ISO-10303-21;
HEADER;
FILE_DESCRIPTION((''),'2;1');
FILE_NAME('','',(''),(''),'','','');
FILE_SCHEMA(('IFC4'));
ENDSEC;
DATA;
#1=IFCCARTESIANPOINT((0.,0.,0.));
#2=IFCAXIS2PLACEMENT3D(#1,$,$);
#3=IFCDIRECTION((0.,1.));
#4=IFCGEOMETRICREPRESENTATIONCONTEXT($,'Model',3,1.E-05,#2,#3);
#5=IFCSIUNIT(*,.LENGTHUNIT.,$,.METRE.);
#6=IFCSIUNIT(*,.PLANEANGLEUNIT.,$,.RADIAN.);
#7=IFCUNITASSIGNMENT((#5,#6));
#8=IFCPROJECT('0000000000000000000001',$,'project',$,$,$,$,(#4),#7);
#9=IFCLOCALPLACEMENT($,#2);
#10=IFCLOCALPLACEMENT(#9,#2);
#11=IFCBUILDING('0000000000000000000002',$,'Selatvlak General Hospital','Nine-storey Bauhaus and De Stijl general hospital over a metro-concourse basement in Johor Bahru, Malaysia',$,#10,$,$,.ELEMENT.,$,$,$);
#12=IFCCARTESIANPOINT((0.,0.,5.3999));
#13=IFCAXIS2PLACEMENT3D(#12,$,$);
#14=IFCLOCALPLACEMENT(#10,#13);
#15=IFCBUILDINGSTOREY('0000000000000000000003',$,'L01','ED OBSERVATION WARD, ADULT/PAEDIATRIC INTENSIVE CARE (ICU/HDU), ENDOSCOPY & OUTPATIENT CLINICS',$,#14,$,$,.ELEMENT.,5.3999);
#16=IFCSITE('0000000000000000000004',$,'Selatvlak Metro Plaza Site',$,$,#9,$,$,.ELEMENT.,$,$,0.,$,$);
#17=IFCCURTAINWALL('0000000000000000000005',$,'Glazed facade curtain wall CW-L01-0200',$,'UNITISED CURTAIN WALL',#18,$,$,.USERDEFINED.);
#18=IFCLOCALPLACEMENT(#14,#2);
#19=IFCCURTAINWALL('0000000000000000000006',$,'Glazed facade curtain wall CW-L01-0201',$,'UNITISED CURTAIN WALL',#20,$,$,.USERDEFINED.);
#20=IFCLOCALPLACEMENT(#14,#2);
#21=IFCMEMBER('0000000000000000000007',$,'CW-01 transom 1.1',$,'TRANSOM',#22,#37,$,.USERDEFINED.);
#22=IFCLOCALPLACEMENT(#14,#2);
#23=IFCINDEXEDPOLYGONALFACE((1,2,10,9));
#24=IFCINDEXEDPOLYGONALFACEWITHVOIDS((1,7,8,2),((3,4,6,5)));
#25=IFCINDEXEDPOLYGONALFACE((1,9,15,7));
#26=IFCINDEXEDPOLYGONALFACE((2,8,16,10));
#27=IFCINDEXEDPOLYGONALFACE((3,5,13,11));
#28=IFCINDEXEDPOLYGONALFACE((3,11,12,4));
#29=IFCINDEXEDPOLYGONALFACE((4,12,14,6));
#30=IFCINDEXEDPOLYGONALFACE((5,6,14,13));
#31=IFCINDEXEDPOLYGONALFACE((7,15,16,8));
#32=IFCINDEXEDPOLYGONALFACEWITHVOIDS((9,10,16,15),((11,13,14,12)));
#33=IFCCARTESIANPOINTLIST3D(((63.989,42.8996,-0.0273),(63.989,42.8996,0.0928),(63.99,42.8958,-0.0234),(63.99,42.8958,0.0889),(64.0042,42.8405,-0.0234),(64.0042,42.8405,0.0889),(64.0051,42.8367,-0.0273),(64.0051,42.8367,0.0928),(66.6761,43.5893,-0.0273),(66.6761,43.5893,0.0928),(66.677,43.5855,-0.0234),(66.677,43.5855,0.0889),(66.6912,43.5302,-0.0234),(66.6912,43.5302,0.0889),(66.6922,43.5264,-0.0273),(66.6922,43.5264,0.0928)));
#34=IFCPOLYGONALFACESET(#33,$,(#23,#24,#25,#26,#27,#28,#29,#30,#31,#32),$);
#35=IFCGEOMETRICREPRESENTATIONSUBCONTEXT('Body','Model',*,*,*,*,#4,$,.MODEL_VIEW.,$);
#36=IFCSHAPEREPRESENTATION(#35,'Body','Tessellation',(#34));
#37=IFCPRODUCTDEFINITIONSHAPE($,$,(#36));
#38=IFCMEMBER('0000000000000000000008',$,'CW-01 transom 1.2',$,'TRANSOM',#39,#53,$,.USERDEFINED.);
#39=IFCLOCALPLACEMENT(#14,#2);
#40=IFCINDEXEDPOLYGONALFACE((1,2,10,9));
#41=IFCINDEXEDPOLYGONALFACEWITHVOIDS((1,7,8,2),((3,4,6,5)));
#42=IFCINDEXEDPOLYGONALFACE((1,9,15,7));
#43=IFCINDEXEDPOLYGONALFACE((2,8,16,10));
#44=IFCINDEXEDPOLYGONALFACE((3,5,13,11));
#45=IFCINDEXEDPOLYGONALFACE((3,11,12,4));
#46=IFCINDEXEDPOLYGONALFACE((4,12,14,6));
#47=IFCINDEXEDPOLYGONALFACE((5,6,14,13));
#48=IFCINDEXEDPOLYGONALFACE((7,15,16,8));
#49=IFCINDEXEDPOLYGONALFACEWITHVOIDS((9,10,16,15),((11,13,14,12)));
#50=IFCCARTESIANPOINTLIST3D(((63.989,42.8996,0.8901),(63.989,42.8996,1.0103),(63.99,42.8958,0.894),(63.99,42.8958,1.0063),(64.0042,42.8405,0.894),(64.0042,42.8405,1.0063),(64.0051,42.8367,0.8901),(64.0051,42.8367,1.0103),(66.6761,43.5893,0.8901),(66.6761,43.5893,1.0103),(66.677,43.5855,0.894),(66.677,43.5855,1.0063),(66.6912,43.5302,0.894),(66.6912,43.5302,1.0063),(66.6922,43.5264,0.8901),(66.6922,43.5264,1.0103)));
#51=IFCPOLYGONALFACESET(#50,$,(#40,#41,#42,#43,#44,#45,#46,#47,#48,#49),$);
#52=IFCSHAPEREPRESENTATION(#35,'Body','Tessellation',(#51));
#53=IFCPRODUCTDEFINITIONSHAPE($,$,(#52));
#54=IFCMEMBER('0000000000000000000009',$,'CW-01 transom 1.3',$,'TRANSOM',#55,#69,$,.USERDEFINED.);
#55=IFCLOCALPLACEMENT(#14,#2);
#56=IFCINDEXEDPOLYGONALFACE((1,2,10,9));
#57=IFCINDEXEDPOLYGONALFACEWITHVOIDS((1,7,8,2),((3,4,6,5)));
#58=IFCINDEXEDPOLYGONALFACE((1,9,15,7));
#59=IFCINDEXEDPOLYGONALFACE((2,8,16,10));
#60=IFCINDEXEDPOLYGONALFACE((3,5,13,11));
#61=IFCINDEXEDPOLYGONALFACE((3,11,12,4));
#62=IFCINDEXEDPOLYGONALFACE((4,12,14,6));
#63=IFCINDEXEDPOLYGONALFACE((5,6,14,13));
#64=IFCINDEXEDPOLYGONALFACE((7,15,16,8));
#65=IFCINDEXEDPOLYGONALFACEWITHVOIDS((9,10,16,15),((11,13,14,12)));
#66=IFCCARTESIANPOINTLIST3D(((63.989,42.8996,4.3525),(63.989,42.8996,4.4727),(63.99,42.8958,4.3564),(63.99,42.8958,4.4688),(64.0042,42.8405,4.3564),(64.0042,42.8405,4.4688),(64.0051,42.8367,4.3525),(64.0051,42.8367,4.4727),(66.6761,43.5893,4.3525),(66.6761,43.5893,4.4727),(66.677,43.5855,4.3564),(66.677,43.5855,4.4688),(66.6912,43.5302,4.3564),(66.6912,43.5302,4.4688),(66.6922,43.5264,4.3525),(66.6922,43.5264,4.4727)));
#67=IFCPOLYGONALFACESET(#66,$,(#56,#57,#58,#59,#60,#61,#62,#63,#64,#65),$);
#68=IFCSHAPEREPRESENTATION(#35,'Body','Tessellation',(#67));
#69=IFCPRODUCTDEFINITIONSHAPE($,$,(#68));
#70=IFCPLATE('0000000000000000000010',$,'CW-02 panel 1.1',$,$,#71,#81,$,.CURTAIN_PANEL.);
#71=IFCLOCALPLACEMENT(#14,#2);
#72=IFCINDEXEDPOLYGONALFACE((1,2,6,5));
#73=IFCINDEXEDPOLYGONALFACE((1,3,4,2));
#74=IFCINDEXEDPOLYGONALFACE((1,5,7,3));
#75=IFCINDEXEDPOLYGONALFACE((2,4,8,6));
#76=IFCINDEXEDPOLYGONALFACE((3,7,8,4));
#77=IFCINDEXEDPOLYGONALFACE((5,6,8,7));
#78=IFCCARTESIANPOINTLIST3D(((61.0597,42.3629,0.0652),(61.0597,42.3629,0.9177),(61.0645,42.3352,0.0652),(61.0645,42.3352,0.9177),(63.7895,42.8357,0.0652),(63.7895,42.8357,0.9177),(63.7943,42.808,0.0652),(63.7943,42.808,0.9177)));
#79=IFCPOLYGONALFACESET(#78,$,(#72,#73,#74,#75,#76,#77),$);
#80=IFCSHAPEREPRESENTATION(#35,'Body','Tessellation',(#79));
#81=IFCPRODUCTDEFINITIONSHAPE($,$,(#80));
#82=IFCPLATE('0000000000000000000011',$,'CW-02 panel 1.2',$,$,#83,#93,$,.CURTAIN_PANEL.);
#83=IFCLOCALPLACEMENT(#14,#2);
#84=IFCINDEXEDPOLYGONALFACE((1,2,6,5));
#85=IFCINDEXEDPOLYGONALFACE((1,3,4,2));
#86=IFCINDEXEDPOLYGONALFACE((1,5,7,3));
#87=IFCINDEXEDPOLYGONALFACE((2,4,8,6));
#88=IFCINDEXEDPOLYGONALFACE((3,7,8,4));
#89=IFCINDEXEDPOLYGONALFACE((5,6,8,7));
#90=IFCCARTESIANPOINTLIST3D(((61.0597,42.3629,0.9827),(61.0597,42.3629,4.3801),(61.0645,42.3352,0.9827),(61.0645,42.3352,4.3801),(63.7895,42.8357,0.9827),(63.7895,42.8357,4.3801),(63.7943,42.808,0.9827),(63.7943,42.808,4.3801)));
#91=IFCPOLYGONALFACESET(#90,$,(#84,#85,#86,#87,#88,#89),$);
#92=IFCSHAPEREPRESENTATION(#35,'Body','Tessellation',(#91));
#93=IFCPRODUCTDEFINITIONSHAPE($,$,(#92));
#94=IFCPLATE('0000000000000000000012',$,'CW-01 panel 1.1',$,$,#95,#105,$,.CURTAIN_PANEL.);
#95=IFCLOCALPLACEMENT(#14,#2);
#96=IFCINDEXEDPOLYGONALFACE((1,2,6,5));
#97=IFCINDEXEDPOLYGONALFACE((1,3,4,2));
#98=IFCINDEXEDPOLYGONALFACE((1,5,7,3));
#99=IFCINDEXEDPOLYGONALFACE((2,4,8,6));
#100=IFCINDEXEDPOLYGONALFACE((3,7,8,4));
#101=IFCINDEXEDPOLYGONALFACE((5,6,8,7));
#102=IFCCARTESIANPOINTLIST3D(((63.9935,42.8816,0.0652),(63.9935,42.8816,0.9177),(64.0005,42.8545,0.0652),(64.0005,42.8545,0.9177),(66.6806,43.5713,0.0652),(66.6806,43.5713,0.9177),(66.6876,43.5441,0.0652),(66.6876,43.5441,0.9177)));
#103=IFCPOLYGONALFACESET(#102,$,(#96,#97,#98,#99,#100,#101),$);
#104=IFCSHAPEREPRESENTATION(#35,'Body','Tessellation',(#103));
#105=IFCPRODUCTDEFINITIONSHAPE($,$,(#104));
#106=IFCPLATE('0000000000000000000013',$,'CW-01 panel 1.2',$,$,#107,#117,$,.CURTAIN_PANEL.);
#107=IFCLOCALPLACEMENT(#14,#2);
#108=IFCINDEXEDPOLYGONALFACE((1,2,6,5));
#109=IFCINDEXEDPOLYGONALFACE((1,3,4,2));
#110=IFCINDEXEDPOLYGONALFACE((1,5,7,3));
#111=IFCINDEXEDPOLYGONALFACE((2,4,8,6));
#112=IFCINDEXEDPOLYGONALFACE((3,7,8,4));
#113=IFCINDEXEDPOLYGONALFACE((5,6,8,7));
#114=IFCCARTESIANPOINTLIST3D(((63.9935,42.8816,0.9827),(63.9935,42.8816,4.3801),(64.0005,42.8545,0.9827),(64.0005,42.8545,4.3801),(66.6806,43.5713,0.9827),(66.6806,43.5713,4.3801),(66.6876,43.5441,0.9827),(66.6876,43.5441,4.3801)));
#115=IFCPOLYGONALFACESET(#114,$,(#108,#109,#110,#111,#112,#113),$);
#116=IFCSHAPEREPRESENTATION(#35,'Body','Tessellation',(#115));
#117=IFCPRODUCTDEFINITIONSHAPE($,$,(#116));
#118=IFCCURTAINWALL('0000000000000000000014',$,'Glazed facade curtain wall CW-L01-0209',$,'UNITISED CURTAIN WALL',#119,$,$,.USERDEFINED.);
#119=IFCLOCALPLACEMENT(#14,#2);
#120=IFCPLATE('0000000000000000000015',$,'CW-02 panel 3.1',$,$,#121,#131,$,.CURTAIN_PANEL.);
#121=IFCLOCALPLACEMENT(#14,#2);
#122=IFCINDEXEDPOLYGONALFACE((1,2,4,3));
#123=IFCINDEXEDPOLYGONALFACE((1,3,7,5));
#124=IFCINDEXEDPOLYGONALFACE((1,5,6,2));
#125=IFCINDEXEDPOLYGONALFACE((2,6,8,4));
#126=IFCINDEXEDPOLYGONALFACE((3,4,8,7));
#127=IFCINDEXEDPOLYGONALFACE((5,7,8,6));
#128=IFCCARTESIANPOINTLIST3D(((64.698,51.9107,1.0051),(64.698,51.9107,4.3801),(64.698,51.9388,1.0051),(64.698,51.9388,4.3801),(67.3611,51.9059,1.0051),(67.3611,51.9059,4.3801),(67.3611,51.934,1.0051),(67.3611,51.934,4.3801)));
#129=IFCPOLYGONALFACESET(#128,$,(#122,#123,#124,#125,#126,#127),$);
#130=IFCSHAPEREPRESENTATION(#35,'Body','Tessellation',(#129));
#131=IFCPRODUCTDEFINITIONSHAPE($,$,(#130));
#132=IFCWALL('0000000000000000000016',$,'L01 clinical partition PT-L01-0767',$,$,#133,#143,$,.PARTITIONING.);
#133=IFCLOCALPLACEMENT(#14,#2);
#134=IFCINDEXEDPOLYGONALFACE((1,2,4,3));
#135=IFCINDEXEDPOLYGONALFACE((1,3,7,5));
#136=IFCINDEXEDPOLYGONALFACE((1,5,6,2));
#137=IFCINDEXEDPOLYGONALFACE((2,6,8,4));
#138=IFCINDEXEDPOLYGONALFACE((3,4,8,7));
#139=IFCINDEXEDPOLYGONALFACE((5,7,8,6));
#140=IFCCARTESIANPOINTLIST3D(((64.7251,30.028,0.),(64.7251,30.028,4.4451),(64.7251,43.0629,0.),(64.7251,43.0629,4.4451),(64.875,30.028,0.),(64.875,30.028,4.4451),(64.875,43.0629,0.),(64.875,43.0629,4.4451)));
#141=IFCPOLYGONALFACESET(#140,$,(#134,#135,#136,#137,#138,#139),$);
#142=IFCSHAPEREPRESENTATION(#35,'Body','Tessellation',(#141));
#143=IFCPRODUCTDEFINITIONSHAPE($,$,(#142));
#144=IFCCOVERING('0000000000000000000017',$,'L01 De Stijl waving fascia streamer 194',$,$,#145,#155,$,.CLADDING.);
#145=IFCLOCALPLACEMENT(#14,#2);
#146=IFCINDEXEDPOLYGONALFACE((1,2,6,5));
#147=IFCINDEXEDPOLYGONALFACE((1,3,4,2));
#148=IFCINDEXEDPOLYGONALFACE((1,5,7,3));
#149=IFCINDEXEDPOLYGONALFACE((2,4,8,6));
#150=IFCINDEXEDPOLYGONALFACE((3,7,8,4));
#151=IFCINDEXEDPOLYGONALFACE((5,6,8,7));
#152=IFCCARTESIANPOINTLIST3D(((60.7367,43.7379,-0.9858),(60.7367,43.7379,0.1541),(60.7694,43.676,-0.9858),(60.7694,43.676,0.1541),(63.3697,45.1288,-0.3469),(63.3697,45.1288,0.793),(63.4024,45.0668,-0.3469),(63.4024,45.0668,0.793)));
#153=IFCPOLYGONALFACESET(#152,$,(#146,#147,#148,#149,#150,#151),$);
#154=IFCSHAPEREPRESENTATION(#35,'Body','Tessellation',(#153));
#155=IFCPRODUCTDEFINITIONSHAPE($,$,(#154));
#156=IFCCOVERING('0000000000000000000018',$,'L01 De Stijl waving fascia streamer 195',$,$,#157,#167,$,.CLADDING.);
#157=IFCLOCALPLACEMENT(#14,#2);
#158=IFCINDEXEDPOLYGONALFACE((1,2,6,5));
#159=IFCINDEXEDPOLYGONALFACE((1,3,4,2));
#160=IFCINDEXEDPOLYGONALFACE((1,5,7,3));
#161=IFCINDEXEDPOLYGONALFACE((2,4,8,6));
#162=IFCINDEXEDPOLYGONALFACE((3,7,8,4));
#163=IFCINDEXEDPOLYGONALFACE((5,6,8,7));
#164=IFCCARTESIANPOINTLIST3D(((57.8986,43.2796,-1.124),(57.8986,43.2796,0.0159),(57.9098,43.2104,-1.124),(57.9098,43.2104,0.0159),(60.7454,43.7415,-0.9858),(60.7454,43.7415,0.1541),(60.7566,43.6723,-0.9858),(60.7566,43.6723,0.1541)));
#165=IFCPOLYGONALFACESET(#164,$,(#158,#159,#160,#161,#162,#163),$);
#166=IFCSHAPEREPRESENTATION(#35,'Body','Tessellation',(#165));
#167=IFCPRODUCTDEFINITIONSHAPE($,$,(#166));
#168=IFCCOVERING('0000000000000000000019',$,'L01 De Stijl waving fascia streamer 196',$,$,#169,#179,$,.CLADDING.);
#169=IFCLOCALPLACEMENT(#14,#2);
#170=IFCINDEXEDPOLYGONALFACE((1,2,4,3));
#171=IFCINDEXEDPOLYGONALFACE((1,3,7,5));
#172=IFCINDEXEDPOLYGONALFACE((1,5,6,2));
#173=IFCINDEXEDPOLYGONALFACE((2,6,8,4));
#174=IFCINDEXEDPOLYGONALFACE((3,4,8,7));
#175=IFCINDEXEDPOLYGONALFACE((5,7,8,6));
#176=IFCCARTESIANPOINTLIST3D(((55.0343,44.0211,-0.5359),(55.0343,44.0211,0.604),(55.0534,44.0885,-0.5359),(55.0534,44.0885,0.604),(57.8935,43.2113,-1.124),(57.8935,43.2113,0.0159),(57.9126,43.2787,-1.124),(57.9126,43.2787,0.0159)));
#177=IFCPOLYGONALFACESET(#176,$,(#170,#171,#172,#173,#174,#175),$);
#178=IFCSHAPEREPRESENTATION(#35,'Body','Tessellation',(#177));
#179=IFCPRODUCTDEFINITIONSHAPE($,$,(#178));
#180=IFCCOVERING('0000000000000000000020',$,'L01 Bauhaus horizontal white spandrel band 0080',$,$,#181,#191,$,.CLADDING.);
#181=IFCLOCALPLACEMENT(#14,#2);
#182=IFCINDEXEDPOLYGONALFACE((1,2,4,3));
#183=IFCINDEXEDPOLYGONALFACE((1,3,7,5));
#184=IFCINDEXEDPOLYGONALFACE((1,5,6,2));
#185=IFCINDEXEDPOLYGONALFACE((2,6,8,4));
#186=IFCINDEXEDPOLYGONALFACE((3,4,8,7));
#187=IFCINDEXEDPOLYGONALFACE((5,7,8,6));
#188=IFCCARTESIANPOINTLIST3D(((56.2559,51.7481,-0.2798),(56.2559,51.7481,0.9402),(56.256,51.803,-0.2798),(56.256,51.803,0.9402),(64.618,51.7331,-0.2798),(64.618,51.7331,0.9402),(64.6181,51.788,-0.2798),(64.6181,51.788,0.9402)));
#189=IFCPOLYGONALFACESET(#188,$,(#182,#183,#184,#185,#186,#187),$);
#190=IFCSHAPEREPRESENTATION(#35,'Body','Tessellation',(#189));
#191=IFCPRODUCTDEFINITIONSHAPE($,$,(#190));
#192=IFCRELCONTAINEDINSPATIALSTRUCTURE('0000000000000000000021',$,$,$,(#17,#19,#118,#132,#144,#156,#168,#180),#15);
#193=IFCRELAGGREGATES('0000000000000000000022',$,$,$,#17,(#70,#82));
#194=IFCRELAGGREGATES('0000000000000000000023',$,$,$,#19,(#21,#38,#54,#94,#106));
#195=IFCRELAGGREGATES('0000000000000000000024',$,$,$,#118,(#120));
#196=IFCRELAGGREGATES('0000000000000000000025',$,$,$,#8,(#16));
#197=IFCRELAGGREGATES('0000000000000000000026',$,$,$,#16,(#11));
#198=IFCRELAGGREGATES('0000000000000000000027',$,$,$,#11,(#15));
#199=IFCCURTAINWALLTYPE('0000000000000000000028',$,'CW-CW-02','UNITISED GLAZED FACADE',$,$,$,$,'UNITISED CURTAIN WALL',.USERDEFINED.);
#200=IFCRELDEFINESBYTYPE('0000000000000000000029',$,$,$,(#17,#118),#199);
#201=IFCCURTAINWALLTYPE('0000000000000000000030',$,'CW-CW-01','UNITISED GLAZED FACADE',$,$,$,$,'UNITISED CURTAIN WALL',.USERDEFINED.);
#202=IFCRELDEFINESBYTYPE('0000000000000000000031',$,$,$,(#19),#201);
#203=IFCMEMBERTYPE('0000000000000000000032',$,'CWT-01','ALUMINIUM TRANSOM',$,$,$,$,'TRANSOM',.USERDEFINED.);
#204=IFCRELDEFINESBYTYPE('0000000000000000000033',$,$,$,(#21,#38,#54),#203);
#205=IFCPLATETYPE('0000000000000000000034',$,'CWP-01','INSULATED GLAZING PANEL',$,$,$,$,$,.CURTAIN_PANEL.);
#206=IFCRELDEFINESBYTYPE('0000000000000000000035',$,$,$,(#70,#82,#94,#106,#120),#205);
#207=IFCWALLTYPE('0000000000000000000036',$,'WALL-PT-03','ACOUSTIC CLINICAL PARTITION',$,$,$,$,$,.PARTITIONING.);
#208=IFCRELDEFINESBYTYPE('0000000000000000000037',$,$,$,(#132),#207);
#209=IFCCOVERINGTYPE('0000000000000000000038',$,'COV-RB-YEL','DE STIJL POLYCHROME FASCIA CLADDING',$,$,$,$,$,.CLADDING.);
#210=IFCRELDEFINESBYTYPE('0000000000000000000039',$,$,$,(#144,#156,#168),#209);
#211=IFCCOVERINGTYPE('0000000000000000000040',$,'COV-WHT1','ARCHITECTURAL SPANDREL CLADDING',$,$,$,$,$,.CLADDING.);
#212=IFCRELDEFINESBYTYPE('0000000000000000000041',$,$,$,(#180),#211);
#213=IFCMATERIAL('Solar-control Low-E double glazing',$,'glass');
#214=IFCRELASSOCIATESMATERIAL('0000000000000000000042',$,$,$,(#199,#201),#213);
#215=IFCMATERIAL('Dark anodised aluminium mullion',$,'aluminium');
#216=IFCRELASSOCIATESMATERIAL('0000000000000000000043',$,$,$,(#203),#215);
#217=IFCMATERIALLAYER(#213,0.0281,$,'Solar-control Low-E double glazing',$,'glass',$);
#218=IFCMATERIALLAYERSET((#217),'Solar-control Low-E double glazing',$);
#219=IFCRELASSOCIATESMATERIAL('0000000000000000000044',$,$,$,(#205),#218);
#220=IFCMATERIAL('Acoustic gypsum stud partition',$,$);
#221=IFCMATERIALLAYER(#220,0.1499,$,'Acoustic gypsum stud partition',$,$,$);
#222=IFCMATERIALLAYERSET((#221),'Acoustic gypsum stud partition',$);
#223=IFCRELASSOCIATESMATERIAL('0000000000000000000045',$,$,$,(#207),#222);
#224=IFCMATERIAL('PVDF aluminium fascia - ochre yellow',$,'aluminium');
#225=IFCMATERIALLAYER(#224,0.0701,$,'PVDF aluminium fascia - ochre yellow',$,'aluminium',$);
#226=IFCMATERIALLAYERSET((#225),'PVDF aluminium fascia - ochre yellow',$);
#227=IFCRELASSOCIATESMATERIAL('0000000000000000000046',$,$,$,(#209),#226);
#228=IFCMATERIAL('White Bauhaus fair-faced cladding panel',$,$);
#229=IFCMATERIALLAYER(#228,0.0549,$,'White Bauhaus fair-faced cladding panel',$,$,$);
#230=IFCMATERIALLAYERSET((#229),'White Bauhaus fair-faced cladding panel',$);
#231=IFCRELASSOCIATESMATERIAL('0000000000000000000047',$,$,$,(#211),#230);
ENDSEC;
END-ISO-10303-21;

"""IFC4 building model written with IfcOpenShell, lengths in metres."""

from ifc_helpers import new_model, si_unit, direction, frame, frame_2d, origin, origin_2d, place, context, subcontext, project, spatial, polyline, rectangle, hollow_rectangle, outline, extrude, material, layer, layer_set, material_profile, profile_set, type_object, element, aggregate, save


model = new_model("IFC4")

# Units and contexts
model_context = context("Model", 3, precision=1e-05, world=origin(), true_north=direction((0.0, 1.0)))
body_context = subcontext(model_context, "Body", "Model", "MODEL_VIEW")
ifc_project = project(units=[si_unit("LENGTHUNIT", "METRE"), si_unit("PLANEANGLEUNIT", "RADIAN")], contexts=[model_context])

# Site, building, storey
site_placement = place(None, origin())
site = spatial("IfcSite", under=ifc_project, at=site_placement, Name="Selatvlak Metro Plaza Site", CompositionType="ELEMENT", RefElevation=0.0)
building_placement = place(site_placement, origin())
building = spatial("IfcBuilding", under=site, at=building_placement, Name="Selatvlak General Hospital", Description="Nine-storey Bauhaus and De Stijl general hospital over a metro-concourse basement in Johor Bahru, Malaysia", CompositionType="ELEMENT")
storey_placement = place(building_placement, frame((0.0, 0.0, 5.3999)))
storey = spatial("IfcBuildingStorey", under=building, at=storey_placement, Name="L01", Description="ED OBSERVATION WARD, ADULT/PAEDIATRIC INTENSIVE CARE (ICU/HDU), ENDOSCOPY & OUTPATIENT CLINICS", CompositionType="ELEMENT", Elevation=5.3999)

# Curtain wall
ifc_material_1 = material(Name="Solar-control Low-E double glazing", Category="glass")
curtain_wall_type_1 = type_object("IfcCurtainWallType", Name="CW-CW-02", Description="UNITISED GLAZED FACADE", ElementType="UNITISED CURTAIN WALL", PredefinedType="USERDEFINED", material=ifc_material_1)
curtain_wall_1_placement = place(storey_placement, origin())
curtain_wall_1 = element("IfcCurtainWall", 1, at=curtain_wall_1_placement, inside=storey, type_object=curtain_wall_type_1, Name="Glazed facade curtain wall CW-L01-0200", ObjectType="UNITISED CURTAIN WALL", PredefinedType="USERDEFINED")
ifc_material_2 = material(Name="Dark anodised aluminium mullion", Category="aluminium")

# Curtain wall
curtain_wall_type_2 = type_object("IfcCurtainWallType", Name="CW-CW-01", Description="UNITISED GLAZED FACADE", ElementType="UNITISED CURTAIN WALL", PredefinedType="USERDEFINED", material=ifc_material_1)
curtain_wall_2_placement = place(storey_placement, origin())
curtain_wall_2 = element("IfcCurtainWall", 2, at=curtain_wall_2_placement, inside=storey, type_object=curtain_wall_type_2, Name="Glazed facade curtain wall CW-L01-0201", ObjectType="UNITISED CURTAIN WALL", PredefinedType="USERDEFINED")

# Members
ifc_material_profile_1 = material_profile(ifc_material_2, hollow_rectangle(XDim=0.0649, YDim=0.1201, WallThickness=0.0039, at=origin_2d()), Name="AL-TRN 65x120x4")
ifc_profile_set_1 = profile_set([ifc_material_profile_1], Name="Dark anodised aluminium mullion")
member_type_1 = type_object("IfcMemberType", Name="CWT-01", Description="ALUMINIUM TRANSOM", ElementType="TRANSOM", PredefinedType="USERDEFINED", material=ifc_profile_set_1)
member_1_placement = place(storey_placement, frame((63.9971, 42.8682, 0.0327), z_axis=(0.968601, 0.248619, 0.0), x_axis=(-0.248619, 0.968601, 0.0)))
member_1 = element("IfcMember", 3, at=member_1_placement, type_object=member_type_1, Name="CW-01 transom 1.1", ObjectType="TRANSOM", PredefinedType="USERDEFINED", context=body_context, shape_type="SweptSolid", body=[
    extrude(hollow_rectangle(XDim=0.0649, YDim=0.1201, WallThickness=0.0039, at=origin_2d()), origin(), (0.0, 0.0, 1.0), 2.7742),
])
member_2_placement = place(storey_placement, frame((63.9971, 42.8682, 0.9502), z_axis=(0.968601, 0.248619, 0.0), x_axis=(-0.248619, 0.968601, 0.0)))
member_2 = element("IfcMember", 4, at=member_2_placement, type_object=member_type_1, Name="CW-01 transom 1.2", ObjectType="TRANSOM", PredefinedType="USERDEFINED", context=body_context, shape_type="SweptSolid", body=[
    extrude(hollow_rectangle(XDim=0.0649, YDim=0.1201, WallThickness=0.0039, at=origin_2d()), origin(), (0.0, 0.0, 1.0), 2.7742),
])
member_3_placement = place(storey_placement, frame((63.9971, 42.8682, 4.4126), z_axis=(0.968601, 0.248619, 0.0), x_axis=(-0.248619, 0.968601, 0.0)))
member_3 = element("IfcMember", 5, at=member_3_placement, type_object=member_type_1, Name="CW-01 transom 1.3", ObjectType="TRANSOM", PredefinedType="USERDEFINED", context=body_context, shape_type="SweptSolid", body=[
    extrude(hollow_rectangle(XDim=0.0649, YDim=0.1201, WallThickness=0.0039, at=origin_2d()), origin(), (0.0, 0.0, 1.0), 2.7742),
])

# Plates
ifc_layer_1 = layer(ifc_material_1, 0.0281, Name="Solar-control Low-E double glazing", Category="glass")
ifc_layer_set_1 = layer_set([ifc_layer_1], Name="Solar-control Low-E double glazing")
plate_type = type_object("IfcPlateType", Name="CWP-01", Description="INSULATED GLAZING PANEL", PredefinedType="CURTAIN_PANEL", material=ifc_layer_set_1)
plate_1_placement = place(storey_placement, frame((62.427, 42.5854, 0.0652), z_axis=(0.0, 0.0, 1.0), x_axis=(0.98533, 0.170657, 0.0)))
plate_1 = element("IfcPlate", 6, at=plate_1_placement, type_object=plate_type, Name="CW-02 panel 1.1", PredefinedType="CURTAIN_PANEL", context=body_context, shape_type="SweptSolid", body=[
    extrude(rectangle(XDim=2.7705, YDim=0.0281, at=origin_2d()), origin(), (0.0, 0.0, 1.0), 0.8525),
])
plate_2_placement = place(storey_placement, frame((62.427, 42.5854, 0.9827), z_axis=(0.0, 0.0, 1.0), x_axis=(0.98533, 0.170657, 0.0)))
plate_2 = element("IfcPlate", 7, at=plate_2_placement, type_object=plate_type, Name="CW-02 panel 1.2", PredefinedType="CURTAIN_PANEL", context=body_context, shape_type="SweptSolid", body=[
    extrude(rectangle(XDim=2.7705, YDim=0.0281, at=origin_2d()), origin(), (0.0, 0.0, 1.0), 3.3975),
])
aggregate(curtain_wall_1, [plate_1, plate_2])
plate_3_placement = place(storey_placement, frame((65.3406, 43.2129, 0.0652), z_axis=(0.0, 0.0, 1.0), x_axis=(0.968604, 0.248607, 0.0)))
plate_3 = element("IfcPlate", 8, at=plate_3_placement, type_object=plate_type, Name="CW-01 panel 1.1", PredefinedType="CURTAIN_PANEL", context=body_context, shape_type="SweptSolid", body=[
    extrude(rectangle(XDim=2.7742, YDim=0.0281, at=origin_2d()), origin(), (0.0, 0.0, 1.0), 0.8525),
])
plate_4_placement = place(storey_placement, frame((65.3406, 43.2129, 0.9827), z_axis=(0.0, 0.0, 1.0), x_axis=(0.968604, 0.248607, 0.0)))
plate_4 = element("IfcPlate", 9, at=plate_4_placement, type_object=plate_type, Name="CW-01 panel 1.2", PredefinedType="CURTAIN_PANEL", context=body_context, shape_type="SweptSolid", body=[
    extrude(rectangle(XDim=2.7742, YDim=0.0281, at=origin_2d()), origin(), (0.0, 0.0, 1.0), 3.3975),
])
aggregate(curtain_wall_2, [member_1, member_2, member_3, plate_3, plate_4])

# Curtain wall, plate
curtain_wall_3_placement = place(storey_placement, origin())
curtain_wall_3 = element("IfcCurtainWall", 10, at=curtain_wall_3_placement, inside=storey, type_object=curtain_wall_type_1, Name="Glazed facade curtain wall CW-L01-0209", ObjectType="UNITISED CURTAIN WALL", PredefinedType="USERDEFINED")
plate_5_placement = place(storey_placement, frame((66.0295, 51.9224, 1.0051), z_axis=(0.0, 0.0, 1.0), x_axis=(-0.999998, 0.001811, 0.0)))
plate_5 = element("IfcPlate", 11, at=plate_5_placement, type_object=plate_type, Name="CW-02 panel 3.1", PredefinedType="CURTAIN_PANEL", context=body_context, shape_type="SweptSolid", body=[
    extrude(rectangle(XDim=2.6631, YDim=0.0281, at=origin_2d()), origin(), (0.0, 0.0, 1.0), 3.375),
])
aggregate(curtain_wall_3, [plate_5])

# Wall
ifc_material_3 = material(Name="Acoustic gypsum stud partition")
ifc_layer_2 = layer(ifc_material_3, 0.1499, Name="Acoustic gypsum stud partition")
ifc_layer_set_2 = layer_set([ifc_layer_2], Name="Acoustic gypsum stud partition")
wall_type = type_object("IfcWallType", Name="WALL-PT-03", Description="ACOUSTIC CLINICAL PARTITION", PredefinedType="PARTITIONING", material=ifc_layer_set_2)
wall_placement = place(storey_placement, frame((64.8, 43.063, 0.0), z_axis=(0.0, 0.0, 1.0), x_axis=(0.0, -1.0, 0.0)))
element("IfcWall", 12, at=wall_placement, inside=storey, type_object=wall_type, Name="L01 clinical partition PT-L01-0767", PredefinedType="PARTITIONING", context=body_context, shape_type="SweptSolid", body=[
    extrude(rectangle(XDim=13.0349, YDim=0.1499, at=frame_2d((6.5176, 0.0))), origin(), (0.0, 0.0, 1.0), 4.4451),
])

# Coverings
ifc_material_4 = material(Name="PVDF aluminium fascia - ochre yellow", Category="aluminium")
ifc_layer_3 = layer(ifc_material_4, 0.0701, Name="PVDF aluminium fascia - ochre yellow", Category="aluminium")
ifc_layer_set_3 = layer_set([ifc_layer_3], Name="PVDF aluminium fascia - ochre yellow")
covering_type_1 = type_object("IfcCoveringType", Name="COV-RB-YEL", Description="DE STIJL POLYCHROME FASCIA CLADDING", PredefinedType="CLADDING", material=ifc_layer_set_3)
covering_1_placement = place(storey_placement, frame((63.386, 45.0979, -0.3469), z_axis=(0.0, 0.0, 1.0), x_axis=(-0.884218, -0.467074, 0.0)))
element("IfcCovering", 13, at=covering_1_placement, inside=storey, type_object=covering_type_1, Name="L01 De Stijl waving fascia streamer 194", PredefinedType="CLADDING", context=body_context, shape_type="SweptSolid", body=[
    extrude(outline(polyline([(0.0, 0.0), (2.9778, -0.6389), (2.9778, 0.501), (0.0, 1.1399), (0.0, 0.0)])), frame((0.0, 0.0352, 0.0), z_axis=(0.0, -1.0, 0.0), x_axis=(1.0, 0.0, 0.0)), (0.0, 0.0, 1.0), 0.0701),
])
covering_2_placement = place(storey_placement, frame((60.751, 43.707, -0.9858), z_axis=(0.0, 0.0, 1.0), x_axis=(-0.987092, -0.160156, 0.0)))
element("IfcCovering", 14, at=covering_2_placement, inside=storey, type_object=covering_type_1, Name="L01 De Stijl waving fascia streamer 195", PredefinedType="CLADDING", context=body_context, shape_type="SweptSolid", body=[
    extrude(outline(polyline([(0.0, 0.0), (2.884, -0.1382), (2.884, 1.0017), (0.0, 1.1399), (0.0, 0.0)])), frame((0.0, 0.0352, 0.0), z_axis=(0.0, -1.0, 0.0), x_axis=(1.0, 0.0, 0.0)), (0.0, 0.0, 1.0), 0.0701),
])
covering_3_placement = place(storey_placement, frame((57.9031, 43.2451, -1.124), z_axis=(0.0, 0.0, 1.0), x_axis=(-0.962151, 0.272518, 0.0)))
element("IfcCovering", 15, at=covering_3_placement, inside=storey, type_object=covering_type_1, Name="L01 De Stijl waving fascia streamer 196", PredefinedType="CLADDING", context=body_context, shape_type="SweptSolid", body=[
    extrude(outline(polyline([(0.0, 0.0), (2.9717, 0.5881), (2.9717, 1.728), (0.0, 1.1399), (0.0, 0.0)])), frame((0.0, 0.0352, 0.0), z_axis=(0.0, -1.0, 0.0), x_axis=(1.0, 0.0, 0.0)), (0.0, 0.0, 1.0), 0.0701),
])
ifc_material_5 = material(Name="White Bauhaus fair-faced cladding panel")
ifc_layer_4 = layer(ifc_material_5, 0.0549, Name="White Bauhaus fair-faced cladding panel")
ifc_layer_set_4 = layer_set([ifc_layer_4], Name="White Bauhaus fair-faced cladding panel")
covering_type_2 = type_object("IfcCoveringType", Name="COV-WHT1", Description="ARCHITECTURAL SPANDREL CLADDING", PredefinedType="CLADDING", material=ifc_layer_set_4)
covering_4_placement = place(storey_placement, frame((60.437, 51.7681, -0.2798), z_axis=(0.0, 0.0, 1.0), x_axis=(-0.999998, 0.001798, 0.0)))
element("IfcCovering", 16, at=covering_4_placement, inside=storey, type_object=covering_type_2, Name="L01 Bauhaus horizontal white spandrel band 0080", PredefinedType="CLADDING", context=body_context, shape_type="SweptSolid", body=[
    extrude(rectangle(XDim=8.3621, YDim=0.0549, at=origin_2d()), origin(), (0.0, 0.0, 1.0), 1.22),
])

save(model, "model.ifc")
